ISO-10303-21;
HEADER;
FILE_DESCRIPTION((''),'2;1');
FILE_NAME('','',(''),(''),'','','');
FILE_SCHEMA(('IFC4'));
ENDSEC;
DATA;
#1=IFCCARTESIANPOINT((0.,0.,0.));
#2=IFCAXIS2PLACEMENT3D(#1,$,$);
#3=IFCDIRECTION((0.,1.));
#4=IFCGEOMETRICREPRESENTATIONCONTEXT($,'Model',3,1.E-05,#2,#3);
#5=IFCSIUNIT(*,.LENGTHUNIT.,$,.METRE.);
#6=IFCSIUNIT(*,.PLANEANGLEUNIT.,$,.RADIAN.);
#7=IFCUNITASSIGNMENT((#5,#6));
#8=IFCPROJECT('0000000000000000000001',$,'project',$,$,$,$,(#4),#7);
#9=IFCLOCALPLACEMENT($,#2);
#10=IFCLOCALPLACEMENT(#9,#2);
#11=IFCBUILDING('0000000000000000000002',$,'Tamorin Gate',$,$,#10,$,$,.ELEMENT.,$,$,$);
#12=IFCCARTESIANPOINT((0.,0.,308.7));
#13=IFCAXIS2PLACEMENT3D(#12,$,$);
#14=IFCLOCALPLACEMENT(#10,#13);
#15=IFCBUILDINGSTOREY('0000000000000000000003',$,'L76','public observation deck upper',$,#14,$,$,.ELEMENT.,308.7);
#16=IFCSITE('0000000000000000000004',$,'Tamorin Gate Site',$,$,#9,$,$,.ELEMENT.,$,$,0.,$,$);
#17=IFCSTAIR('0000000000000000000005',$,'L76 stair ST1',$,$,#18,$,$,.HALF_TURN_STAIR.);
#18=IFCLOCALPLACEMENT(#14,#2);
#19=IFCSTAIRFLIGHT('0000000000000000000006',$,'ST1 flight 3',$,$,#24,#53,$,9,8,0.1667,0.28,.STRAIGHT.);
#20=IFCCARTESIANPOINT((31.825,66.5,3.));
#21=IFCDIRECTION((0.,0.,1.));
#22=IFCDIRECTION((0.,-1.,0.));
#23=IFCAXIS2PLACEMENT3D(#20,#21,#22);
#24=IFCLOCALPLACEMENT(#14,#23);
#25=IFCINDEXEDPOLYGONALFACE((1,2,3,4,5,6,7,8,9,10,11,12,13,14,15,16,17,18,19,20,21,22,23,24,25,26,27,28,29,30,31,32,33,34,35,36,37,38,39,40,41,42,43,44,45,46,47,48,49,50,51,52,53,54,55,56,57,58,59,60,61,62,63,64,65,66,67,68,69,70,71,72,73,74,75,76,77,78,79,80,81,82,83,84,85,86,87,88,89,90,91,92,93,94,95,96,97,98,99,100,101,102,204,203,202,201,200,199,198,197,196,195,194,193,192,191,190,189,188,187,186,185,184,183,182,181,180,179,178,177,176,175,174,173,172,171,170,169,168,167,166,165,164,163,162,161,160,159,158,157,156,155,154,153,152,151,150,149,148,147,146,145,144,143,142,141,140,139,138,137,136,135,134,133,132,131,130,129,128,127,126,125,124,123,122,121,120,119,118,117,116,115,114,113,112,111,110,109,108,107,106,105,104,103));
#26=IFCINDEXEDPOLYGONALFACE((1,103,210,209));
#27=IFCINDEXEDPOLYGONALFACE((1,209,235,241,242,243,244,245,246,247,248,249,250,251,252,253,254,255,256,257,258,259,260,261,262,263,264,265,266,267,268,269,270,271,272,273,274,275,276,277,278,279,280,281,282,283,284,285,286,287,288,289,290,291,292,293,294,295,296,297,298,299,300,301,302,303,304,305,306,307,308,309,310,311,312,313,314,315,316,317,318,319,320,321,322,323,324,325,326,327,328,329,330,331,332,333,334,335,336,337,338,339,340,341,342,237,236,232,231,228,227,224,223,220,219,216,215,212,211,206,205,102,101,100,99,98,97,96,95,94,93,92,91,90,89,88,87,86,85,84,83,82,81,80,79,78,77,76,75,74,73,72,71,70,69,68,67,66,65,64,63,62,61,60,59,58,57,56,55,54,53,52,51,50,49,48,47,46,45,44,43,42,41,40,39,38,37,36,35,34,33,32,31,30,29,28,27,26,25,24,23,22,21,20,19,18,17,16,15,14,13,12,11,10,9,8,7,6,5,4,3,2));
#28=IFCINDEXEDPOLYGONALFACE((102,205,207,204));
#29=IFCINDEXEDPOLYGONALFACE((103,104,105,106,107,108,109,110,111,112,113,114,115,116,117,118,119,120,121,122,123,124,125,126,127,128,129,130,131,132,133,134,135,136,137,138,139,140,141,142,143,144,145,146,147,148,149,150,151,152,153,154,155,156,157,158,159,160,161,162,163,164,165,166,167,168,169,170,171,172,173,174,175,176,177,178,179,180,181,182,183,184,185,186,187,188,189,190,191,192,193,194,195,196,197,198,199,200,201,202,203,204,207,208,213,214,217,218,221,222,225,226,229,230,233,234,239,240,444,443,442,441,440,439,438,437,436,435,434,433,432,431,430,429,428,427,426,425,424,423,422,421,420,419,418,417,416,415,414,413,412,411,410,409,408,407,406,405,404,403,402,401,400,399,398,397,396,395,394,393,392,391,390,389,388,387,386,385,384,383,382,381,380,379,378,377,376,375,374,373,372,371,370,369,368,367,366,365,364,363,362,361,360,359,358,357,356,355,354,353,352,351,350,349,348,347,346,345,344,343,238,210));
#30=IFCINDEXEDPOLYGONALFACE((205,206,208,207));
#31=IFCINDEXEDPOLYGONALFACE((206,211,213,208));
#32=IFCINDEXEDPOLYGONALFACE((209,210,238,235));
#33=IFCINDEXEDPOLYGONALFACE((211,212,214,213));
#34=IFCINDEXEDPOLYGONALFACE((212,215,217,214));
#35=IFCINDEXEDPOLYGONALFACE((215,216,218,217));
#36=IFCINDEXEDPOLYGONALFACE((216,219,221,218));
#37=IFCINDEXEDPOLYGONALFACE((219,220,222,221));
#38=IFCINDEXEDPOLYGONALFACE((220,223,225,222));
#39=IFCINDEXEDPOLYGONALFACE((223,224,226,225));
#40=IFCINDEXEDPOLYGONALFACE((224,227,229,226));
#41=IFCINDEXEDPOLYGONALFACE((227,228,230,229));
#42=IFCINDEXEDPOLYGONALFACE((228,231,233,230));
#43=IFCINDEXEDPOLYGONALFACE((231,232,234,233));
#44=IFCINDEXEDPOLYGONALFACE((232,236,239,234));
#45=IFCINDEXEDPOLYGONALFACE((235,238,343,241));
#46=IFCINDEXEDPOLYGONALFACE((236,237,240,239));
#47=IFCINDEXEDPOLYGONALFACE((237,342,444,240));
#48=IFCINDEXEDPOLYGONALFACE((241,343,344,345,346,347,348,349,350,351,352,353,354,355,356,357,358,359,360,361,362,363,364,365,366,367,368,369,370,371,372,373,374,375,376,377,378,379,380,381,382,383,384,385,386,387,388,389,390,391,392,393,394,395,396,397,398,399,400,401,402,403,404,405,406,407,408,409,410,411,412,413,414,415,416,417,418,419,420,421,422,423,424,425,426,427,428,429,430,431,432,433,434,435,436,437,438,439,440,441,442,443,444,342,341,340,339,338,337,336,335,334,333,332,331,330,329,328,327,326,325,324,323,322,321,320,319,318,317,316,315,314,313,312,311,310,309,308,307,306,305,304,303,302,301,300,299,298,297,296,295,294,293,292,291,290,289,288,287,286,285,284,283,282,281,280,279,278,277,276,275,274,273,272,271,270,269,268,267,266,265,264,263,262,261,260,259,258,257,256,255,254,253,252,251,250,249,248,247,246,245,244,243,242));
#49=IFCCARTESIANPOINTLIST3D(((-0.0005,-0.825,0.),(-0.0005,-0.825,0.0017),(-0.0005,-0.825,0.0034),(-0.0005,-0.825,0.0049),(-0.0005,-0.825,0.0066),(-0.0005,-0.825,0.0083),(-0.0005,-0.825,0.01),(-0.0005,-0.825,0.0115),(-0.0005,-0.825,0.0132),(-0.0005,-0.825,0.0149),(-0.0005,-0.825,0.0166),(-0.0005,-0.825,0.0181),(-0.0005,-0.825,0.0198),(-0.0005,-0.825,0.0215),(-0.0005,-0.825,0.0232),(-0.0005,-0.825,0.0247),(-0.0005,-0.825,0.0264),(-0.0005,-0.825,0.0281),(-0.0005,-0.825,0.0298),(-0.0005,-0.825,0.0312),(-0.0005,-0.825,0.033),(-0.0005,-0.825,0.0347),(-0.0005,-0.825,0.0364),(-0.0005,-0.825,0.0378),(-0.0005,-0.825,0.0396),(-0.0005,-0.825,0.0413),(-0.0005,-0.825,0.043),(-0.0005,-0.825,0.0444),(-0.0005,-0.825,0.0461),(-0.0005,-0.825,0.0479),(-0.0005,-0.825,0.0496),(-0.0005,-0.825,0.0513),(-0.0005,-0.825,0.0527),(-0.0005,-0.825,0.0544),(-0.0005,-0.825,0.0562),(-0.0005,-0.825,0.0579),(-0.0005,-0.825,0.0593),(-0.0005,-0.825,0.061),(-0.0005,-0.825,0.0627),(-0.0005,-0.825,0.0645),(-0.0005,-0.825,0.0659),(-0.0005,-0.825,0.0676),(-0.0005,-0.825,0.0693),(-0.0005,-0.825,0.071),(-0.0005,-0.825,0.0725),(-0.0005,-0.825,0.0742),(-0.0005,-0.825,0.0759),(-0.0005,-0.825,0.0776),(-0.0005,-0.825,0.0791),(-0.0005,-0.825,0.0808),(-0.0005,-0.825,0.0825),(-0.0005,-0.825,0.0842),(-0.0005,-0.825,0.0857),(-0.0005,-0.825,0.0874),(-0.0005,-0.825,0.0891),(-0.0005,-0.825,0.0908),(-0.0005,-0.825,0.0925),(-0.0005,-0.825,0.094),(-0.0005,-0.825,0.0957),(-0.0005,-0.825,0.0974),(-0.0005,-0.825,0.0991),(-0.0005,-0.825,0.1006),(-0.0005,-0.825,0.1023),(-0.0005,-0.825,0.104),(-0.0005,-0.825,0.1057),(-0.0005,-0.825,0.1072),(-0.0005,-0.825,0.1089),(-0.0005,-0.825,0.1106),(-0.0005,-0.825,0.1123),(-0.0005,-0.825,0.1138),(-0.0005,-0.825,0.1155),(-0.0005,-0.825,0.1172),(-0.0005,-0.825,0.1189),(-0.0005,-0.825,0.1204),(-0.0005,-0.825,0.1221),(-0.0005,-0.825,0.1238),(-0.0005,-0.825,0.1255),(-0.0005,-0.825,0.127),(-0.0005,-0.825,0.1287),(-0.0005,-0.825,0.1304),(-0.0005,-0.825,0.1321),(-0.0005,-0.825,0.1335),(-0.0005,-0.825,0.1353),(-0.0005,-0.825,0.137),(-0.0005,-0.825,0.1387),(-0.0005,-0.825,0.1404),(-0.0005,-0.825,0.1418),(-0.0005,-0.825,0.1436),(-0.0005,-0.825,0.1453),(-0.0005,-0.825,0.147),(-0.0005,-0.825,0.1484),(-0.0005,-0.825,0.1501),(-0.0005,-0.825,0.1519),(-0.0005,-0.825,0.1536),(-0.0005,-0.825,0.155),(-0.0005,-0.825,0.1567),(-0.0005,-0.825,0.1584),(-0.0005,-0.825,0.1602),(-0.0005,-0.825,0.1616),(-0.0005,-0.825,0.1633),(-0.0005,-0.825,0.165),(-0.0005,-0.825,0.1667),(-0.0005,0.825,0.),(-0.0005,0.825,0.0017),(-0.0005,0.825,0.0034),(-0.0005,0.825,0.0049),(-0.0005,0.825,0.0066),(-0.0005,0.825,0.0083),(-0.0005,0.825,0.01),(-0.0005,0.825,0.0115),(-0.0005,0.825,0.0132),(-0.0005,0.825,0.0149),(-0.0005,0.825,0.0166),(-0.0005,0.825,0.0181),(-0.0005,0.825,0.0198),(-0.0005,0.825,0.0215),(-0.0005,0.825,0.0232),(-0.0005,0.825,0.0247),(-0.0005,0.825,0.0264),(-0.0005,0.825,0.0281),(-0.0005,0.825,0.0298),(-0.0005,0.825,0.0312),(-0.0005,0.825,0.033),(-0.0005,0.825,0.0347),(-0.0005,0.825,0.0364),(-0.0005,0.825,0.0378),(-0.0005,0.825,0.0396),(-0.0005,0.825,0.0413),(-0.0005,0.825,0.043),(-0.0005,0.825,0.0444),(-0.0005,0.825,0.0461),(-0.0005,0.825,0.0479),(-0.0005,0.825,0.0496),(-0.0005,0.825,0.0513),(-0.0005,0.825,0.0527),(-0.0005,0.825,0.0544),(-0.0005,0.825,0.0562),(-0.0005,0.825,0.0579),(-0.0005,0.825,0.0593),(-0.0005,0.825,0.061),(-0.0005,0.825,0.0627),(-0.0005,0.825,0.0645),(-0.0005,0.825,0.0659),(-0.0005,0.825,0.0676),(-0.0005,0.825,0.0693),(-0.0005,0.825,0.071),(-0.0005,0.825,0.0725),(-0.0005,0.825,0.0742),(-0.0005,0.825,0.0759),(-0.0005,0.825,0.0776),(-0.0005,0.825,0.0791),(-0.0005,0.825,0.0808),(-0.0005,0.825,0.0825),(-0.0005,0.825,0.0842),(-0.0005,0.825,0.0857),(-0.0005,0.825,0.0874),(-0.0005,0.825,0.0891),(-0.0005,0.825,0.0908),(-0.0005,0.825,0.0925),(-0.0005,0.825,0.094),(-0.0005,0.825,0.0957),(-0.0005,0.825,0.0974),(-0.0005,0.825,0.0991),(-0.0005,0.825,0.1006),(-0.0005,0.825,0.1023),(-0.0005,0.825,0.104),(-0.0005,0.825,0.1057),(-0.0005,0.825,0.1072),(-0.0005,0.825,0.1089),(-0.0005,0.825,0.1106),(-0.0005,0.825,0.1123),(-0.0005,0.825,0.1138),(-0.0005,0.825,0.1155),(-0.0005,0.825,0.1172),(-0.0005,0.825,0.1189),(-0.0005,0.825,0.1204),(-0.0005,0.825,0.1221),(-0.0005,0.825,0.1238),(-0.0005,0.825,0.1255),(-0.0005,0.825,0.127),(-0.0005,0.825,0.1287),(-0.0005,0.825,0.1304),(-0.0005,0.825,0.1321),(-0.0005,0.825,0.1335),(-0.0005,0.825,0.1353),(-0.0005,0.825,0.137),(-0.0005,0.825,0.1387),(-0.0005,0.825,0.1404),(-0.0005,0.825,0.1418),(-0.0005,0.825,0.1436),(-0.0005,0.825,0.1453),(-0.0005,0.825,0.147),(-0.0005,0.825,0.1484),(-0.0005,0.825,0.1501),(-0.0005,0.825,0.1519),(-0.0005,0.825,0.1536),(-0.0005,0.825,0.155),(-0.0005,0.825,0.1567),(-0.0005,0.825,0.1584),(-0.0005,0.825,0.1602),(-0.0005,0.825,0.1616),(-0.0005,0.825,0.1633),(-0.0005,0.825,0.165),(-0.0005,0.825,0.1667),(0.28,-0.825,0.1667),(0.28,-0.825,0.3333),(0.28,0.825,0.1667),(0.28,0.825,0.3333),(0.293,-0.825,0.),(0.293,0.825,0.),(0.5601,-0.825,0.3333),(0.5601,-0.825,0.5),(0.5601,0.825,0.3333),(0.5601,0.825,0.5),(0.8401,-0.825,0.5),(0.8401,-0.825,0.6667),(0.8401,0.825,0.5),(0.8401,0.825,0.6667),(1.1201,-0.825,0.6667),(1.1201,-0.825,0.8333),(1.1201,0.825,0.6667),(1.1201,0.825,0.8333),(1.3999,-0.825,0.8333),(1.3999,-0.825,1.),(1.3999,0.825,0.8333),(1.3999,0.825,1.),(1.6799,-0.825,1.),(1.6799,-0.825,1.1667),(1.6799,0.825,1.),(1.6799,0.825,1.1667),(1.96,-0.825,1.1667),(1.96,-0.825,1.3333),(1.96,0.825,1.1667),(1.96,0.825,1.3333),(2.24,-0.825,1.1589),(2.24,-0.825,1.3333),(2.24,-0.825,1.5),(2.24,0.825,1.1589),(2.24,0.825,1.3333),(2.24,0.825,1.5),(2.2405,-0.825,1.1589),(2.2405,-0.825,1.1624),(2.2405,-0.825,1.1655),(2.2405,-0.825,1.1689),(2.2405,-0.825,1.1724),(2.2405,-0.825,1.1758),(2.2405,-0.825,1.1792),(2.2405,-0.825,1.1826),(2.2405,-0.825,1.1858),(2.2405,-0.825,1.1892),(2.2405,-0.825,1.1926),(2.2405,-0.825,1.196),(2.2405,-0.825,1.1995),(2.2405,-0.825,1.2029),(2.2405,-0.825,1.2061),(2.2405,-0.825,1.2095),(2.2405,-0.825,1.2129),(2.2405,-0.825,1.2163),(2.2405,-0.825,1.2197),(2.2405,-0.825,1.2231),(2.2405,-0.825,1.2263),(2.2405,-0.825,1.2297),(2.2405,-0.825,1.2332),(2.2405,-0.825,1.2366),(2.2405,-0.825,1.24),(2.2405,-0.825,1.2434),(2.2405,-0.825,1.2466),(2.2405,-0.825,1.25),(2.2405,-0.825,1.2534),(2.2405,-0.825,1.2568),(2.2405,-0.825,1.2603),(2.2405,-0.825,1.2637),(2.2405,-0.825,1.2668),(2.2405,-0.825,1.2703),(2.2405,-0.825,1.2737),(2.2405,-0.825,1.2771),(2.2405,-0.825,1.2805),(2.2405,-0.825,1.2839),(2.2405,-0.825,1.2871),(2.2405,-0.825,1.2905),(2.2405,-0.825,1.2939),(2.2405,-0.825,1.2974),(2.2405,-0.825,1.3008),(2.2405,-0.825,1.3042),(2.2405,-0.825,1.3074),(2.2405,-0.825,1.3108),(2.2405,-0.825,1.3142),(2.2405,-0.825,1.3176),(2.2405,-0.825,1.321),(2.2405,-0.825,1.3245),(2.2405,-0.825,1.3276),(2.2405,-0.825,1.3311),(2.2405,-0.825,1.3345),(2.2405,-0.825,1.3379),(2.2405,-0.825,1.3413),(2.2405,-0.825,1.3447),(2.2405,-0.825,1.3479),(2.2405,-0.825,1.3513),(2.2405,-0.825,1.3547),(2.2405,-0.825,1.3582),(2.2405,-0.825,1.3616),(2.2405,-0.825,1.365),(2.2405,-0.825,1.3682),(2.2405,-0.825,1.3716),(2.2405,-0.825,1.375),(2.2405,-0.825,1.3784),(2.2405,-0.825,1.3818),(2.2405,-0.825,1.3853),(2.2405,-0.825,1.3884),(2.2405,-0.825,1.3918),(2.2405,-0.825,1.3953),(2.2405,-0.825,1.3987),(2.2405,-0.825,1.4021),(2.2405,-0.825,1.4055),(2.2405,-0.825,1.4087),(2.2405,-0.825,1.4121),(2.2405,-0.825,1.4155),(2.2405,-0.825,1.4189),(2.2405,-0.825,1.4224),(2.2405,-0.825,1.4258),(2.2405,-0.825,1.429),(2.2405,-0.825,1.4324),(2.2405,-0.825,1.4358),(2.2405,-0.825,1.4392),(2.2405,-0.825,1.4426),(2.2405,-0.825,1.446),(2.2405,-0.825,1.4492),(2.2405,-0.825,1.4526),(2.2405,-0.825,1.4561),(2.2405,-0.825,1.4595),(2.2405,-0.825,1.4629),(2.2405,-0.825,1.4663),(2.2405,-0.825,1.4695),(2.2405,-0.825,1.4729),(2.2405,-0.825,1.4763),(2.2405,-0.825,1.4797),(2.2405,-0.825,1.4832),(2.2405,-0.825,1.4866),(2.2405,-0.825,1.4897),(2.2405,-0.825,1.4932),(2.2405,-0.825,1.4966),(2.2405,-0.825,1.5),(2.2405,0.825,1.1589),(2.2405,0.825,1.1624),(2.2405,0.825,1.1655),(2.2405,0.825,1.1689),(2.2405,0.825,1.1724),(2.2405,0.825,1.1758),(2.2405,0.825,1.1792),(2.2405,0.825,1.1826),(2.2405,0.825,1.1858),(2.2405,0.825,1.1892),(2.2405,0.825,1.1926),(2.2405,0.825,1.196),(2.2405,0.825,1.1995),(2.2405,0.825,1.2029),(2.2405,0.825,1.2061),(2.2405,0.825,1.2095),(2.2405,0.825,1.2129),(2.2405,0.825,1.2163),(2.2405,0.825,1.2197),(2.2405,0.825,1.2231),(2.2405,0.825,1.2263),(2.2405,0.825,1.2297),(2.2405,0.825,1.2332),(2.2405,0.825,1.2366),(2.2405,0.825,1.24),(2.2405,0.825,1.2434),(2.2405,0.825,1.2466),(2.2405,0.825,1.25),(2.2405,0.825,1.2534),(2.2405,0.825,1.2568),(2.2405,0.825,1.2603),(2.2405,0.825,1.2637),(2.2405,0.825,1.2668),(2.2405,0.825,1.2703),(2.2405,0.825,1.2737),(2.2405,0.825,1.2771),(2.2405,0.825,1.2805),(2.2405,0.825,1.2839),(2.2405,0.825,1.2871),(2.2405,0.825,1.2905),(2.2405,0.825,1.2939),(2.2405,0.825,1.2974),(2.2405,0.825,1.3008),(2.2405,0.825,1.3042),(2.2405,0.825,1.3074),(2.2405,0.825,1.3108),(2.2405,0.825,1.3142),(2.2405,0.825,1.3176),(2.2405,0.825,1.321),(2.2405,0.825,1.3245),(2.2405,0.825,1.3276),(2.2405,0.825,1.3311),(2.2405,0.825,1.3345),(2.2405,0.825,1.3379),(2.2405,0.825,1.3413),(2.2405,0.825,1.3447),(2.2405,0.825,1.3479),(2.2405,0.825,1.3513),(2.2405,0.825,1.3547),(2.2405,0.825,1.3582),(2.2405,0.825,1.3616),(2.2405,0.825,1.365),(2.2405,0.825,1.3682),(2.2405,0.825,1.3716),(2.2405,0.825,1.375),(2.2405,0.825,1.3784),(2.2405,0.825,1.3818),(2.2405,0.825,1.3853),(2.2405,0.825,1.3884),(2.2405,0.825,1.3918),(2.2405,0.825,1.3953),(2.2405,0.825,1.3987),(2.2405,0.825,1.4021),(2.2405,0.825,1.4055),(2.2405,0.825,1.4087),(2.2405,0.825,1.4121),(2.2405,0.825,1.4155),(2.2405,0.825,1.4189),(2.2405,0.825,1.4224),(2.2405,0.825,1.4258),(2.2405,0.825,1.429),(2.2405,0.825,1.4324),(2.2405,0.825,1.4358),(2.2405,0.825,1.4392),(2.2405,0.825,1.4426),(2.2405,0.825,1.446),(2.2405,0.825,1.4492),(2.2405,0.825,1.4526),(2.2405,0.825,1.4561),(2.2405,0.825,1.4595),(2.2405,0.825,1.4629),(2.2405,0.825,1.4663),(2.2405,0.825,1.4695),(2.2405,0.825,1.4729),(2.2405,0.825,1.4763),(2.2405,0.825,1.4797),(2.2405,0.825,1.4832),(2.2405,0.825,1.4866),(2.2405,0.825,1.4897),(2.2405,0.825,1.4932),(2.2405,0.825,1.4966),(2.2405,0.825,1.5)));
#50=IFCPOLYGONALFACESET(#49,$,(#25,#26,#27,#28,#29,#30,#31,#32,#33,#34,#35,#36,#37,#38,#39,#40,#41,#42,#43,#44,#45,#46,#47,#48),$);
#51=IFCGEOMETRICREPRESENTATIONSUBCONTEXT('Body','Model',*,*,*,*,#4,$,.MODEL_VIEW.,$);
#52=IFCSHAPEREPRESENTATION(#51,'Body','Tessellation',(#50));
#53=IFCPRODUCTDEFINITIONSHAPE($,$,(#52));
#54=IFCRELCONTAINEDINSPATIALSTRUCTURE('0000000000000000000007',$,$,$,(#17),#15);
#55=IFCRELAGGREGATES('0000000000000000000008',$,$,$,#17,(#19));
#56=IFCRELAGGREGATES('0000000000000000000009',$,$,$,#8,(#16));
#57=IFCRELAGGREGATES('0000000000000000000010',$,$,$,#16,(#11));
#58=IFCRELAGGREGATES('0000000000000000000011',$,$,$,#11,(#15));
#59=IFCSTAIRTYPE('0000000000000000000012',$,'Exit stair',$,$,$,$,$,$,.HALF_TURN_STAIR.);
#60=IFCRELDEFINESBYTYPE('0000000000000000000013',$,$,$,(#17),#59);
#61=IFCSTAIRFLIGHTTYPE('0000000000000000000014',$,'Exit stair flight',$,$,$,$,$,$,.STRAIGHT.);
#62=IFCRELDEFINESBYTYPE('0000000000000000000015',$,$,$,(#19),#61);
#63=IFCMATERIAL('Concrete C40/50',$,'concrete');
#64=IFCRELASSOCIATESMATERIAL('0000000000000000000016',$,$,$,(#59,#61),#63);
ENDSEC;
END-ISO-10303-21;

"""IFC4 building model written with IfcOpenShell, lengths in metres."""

from ifc_helpers import new_model, si_unit, direction, frame, origin, place, context, subcontext, project, spatial, polyline, outline, extrude, material, type_object, element, aggregate, save


model = new_model("IFC4")

# Units and contexts
model_context = context("Model", 3, precision=1e-05, world=origin(), true_north=direction((0.0, 1.0)))
body_context = subcontext(model_context, "Body", "Model", "MODEL_VIEW")
ifc_project = project(units=[si_unit("LENGTHUNIT", "METRE"), si_unit("PLANEANGLEUNIT", "RADIAN")], contexts=[model_context])

# Site, building, storey
site_placement = place(None, origin())
site = spatial("IfcSite", under=ifc_project, at=site_placement, Name="Tamorin Gate Site", CompositionType="ELEMENT", RefElevation=0.0)
building_placement = place(site_placement, origin())
building = spatial("IfcBuilding", under=site, at=building_placement, Name="Tamorin Gate", CompositionType="ELEMENT")
storey_placement = place(building_placement, frame((0.0, 0.0, 308.7)))
storey = spatial("IfcBuildingStorey", under=building, at=storey_placement, Name="L76", Description="public observation deck upper", CompositionType="ELEMENT", Elevation=308.7)

# Stair, stair flight
ifc_material_1 = material(Name="Concrete C40/50", Category="concrete")
stair_type = type_object("IfcStairType", Name="Exit stair", PredefinedType="HALF_TURN_STAIR", material=ifc_material_1)
stair_placement = place(storey_placement, origin())
stair = element("IfcStair", 1, at=stair_placement, inside=storey, type_object=stair_type, Name="L76 stair ST1", PredefinedType="HALF_TURN_STAIR")
stair_flight_type = type_object("IfcStairFlightType", Name="Exit stair flight", PredefinedType="STRAIGHT", material=ifc_material_1)
stair_flight_1_placement = place(storey_placement, frame((31.825, 66.5, 3.0), z_axis=(0.0, 0.0, 1.0), x_axis=(0.0, -1.0, 0.0)))
stair_flight_1 = element("IfcStairFlight", 2, at=stair_flight_1_placement, type_object=stair_flight_type, Name="ST1 flight 3", NumberOfRisers=9, NumberOfTreads=8, PredefinedType="STRAIGHT", RiserHeight=0.1667, TreadLength=0.28, context=body_context, shape_type="SweptSolid", body=[
    extrude(outline(polyline([(-0.0005, 0.0), (-0.0005, 0.0017), (-0.0005, 0.0034), (-0.0005, 0.0049), (-0.0005, 0.0066), (-0.0005, 0.0083), (-0.0005, 0.01), (-0.0005, 0.0115), (-0.0005, 0.0132), (-0.0005, 0.0149), (-0.0005, 0.0166), (-0.0005, 0.0181), (-0.0005, 0.0198), (-0.0005, 0.0215), (-0.0005, 0.0232), (-0.0005, 0.0247), (-0.0005, 0.0264), (-0.0005, 0.0281), (-0.0005, 0.0298), (-0.0005, 0.0312), (-0.0005, 0.033), (-0.0005, 0.0347), (-0.0005, 0.0364), (-0.0005, 0.0378), (-0.0005, 0.0396), (-0.0005, 0.0413), (-0.0005, 0.043), (-0.0005, 0.0444), (-0.0005, 0.0461), (-0.0005, 0.0479), (-0.0005, 0.0496), (-0.0005, 0.0513), (-0.0005, 0.0527), (-0.0005, 0.0544), (-0.0005, 0.0562), (-0.0005, 0.0579), (-0.0005, 0.0593), (-0.0005, 0.061), (-0.0005, 0.0627), (-0.0005, 0.0645), (-0.0005, 0.0659), (-0.0005, 0.0676), (-0.0005, 0.0693), (-0.0005, 0.071), (-0.0005, 0.0725), (-0.0005, 0.0742), (-0.0005, 0.0759), (-0.0005, 0.0776), (-0.0005, 0.0791), (-0.0005, 0.0808), (-0.0005, 0.0825), (-0.0005, 0.0842), (-0.0005, 0.0857), (-0.0005, 0.0874), (-0.0005, 0.0891), (-0.0005, 0.0908), (-0.0005, 0.0925), (-0.0005, 0.094), (-0.0005, 0.0957), (-0.0005, 0.0974), (-0.0005, 0.0991), (-0.0005, 0.1006), (-0.0005, 0.1023), (-0.0005, 0.104), (-0.0005, 0.1057), (-0.0005, 0.1072), (-0.0005, 0.1089), (-0.0005, 0.1106), (-0.0005, 0.1123), (-0.0005, 0.1138), (-0.0005, 0.1155), (-0.0005, 0.1172), (-0.0005, 0.1189), (-0.0005, 0.1204), (-0.0005, 0.1221), (-0.0005, 0.1238), (-0.0005, 0.1255), (-0.0005, 0.127), (-0.0005, 0.1287), (-0.0005, 0.1304), (-0.0005, 0.1321), (-0.0005, 0.1335), (-0.0005, 0.1353), (-0.0005, 0.137), (-0.0005, 0.1387), (-0.0005, 0.1404), (-0.0005, 0.1418), (-0.0005, 0.1436), (-0.0005, 0.1453), (-0.0005, 0.147), (-0.0005, 0.1484), (-0.0005, 0.1501), (-0.0005, 0.1519), (-0.0005, 0.1536), (-0.0005, 0.155), (-0.0005, 0.1567), (-0.0005, 0.1584), (-0.0005, 0.1602), (-0.0005, 0.1616), (-0.0005, 0.1633), (-0.0005, 0.165), (-0.0005, 0.1667), (0.28, 0.1667), (0.28, 0.3333), (0.5601, 0.3333), (0.5601, 0.5), (0.8401, 0.5), (0.8401, 0.6667), (1.1201, 0.6667), (1.1201, 0.8333), (1.3999, 0.8333), (1.3999, 1.0), (1.6799, 1.0), (1.6799, 1.1667), (1.96, 1.1667), (1.96, 1.3333), (2.24, 1.3333), (2.24, 1.5), (2.2405, 1.5), (2.2405, 1.4966), (2.2405, 1.4932), (2.2405, 1.4897), (2.2405, 1.4866), (2.2405, 1.4832), (2.2405, 1.4797), (2.2405, 1.4763), (2.2405, 1.4729), (2.2405, 1.4695), (2.2405, 1.4663), (2.2405, 1.4629), (2.2405, 1.4595), (2.2405, 1.4561), (2.2405, 1.4526), (2.2405, 1.4492), (2.2405, 1.446), (2.2405, 1.4426), (2.2405, 1.4392), (2.2405, 1.4358), (2.2405, 1.4324), (2.2405, 1.429), (2.2405, 1.4258), (2.2405, 1.4224), (2.2405, 1.4189), (2.2405, 1.4155), (2.2405, 1.4121), (2.2405, 1.4087), (2.2405, 1.4055), (2.2405, 1.4021), (2.2405, 1.3987), (2.2405, 1.3953), (2.2405, 1.3918), (2.2405, 1.3884), (2.2405, 1.3853), (2.2405, 1.3818), (2.2405, 1.3784), (2.2405, 1.375), (2.2405, 1.3716), (2.2405, 1.3682), (2.2405, 1.365), (2.2405, 1.3616), (2.2405, 1.3582), (2.2405, 1.3547), (2.2405, 1.3513), (2.2405, 1.3479), (2.2405, 1.3447), (2.2405, 1.3413), (2.2405, 1.3379), (2.2405, 1.3345), (2.2405, 1.3311), (2.2405, 1.3276), (2.2405, 1.3245), (2.2405, 1.321), (2.2405, 1.3176), (2.2405, 1.3142), (2.2405, 1.3108), (2.2405, 1.3074), (2.2405, 1.3042), (2.2405, 1.3008), (2.2405, 1.2974), (2.2405, 1.2939), (2.2405, 1.2905), (2.2405, 1.2871), (2.2405, 1.2839), (2.2405, 1.2805), (2.2405, 1.2771), (2.2405, 1.2737), (2.2405, 1.2703), (2.2405, 1.2668), (2.2405, 1.2637), (2.2405, 1.2603), (2.2405, 1.2568), (2.2405, 1.2534), (2.2405, 1.25), (2.2405, 1.2466), (2.2405, 1.2434), (2.2405, 1.24), (2.2405, 1.2366), (2.2405, 1.2332), (2.2405, 1.2297), (2.2405, 1.2263), (2.2405, 1.2231), (2.2405, 1.2197), (2.2405, 1.2163), (2.2405, 1.2129), (2.2405, 1.2095), (2.2405, 1.2061), (2.2405, 1.2029), (2.2405, 1.1995), (2.2405, 1.196), (2.2405, 1.1926), (2.2405, 1.1892), (2.2405, 1.1858), (2.2405, 1.1826), (2.2405, 1.1792), (2.2405, 1.1758), (2.2405, 1.1724), (2.2405, 1.1689), (2.2405, 1.1655), (2.2405, 1.1624), (2.2405, 1.1589), (2.24, 1.1589), (0.293, 0.0), (-0.0005, 0.0)])), frame((0.0, 0.825, 0.0), z_axis=(0.0, -1.0, 0.0), x_axis=(1.0, 0.0, 0.0)), (0.0, 0.0, 1.0), 1.6499),
])
aggregate(stair, [stair_flight_1])

save(model, "model.ifc")
